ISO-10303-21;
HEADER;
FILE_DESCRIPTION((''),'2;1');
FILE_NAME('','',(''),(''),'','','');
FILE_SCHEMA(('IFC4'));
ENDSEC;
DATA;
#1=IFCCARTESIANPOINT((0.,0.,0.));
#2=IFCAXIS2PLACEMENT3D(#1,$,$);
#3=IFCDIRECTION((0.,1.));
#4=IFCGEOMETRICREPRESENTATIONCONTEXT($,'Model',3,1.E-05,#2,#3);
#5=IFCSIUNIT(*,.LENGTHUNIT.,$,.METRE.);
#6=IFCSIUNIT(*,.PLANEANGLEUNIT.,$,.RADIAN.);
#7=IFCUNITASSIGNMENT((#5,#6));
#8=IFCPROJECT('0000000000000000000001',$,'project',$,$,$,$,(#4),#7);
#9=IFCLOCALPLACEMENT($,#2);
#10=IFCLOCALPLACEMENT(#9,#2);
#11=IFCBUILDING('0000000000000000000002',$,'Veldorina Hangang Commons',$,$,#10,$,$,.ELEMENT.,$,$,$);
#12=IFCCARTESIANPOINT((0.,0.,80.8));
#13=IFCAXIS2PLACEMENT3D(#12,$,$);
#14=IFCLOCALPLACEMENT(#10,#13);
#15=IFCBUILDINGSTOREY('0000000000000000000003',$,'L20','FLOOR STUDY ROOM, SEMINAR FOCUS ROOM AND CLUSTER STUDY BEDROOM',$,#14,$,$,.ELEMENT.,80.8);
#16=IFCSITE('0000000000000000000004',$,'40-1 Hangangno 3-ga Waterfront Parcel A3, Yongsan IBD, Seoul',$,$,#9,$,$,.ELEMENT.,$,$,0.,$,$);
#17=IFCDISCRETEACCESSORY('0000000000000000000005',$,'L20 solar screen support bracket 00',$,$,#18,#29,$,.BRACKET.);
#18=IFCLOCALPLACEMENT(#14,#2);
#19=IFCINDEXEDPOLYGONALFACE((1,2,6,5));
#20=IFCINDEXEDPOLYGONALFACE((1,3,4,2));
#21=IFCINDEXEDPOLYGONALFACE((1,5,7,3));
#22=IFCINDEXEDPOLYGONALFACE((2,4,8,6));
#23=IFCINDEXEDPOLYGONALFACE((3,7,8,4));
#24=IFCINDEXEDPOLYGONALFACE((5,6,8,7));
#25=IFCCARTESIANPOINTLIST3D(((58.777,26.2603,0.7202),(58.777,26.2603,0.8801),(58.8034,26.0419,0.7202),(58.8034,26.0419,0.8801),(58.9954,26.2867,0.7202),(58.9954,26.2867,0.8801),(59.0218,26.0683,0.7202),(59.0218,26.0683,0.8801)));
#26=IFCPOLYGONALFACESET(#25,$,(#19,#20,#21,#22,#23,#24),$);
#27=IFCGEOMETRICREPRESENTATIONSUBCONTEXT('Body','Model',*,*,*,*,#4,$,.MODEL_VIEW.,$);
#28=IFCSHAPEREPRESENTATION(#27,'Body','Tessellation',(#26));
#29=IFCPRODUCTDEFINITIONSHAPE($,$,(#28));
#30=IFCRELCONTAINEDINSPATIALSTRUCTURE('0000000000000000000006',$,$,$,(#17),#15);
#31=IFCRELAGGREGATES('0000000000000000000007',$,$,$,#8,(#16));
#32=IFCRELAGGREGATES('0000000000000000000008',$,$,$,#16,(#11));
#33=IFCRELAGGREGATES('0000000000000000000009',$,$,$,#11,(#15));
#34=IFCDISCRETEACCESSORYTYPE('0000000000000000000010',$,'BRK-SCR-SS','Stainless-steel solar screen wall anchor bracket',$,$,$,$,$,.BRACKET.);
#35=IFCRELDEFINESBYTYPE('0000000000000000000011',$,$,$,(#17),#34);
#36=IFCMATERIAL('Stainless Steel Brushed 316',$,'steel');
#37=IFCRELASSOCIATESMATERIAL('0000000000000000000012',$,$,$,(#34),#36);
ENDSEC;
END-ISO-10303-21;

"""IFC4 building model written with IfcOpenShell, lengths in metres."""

from ifc_helpers import new_model, si_unit, direction, frame, origin, origin_2d, place, context, subcontext, project, spatial, rectangle, extrude, material, type_object, element, save


model = new_model("IFC4")

# Units and contexts
model_context = context("Model", 3, precision=1e-05, world=origin(), true_north=direction((0.0, 1.0)))
body_context = subcontext(model_context, "Body", "Model", "MODEL_VIEW")
ifc_project = project(units=[si_unit("LENGTHUNIT", "METRE"), si_unit("PLANEANGLEUNIT", "RADIAN")], contexts=[model_context])

# Site, building, storey
site_placement = place(None, origin())
site = spatial("IfcSite", under=ifc_project, at=site_placement, Name="40-1 Hangangno 3-ga Waterfront Parcel A3, Yongsan IBD, Seoul", CompositionType="ELEMENT", RefElevation=0.0)
building_placement = place(site_placement, origin())
building = spatial("IfcBuilding", under=site, at=building_placement, Name="Veldorina Hangang Commons", CompositionType="ELEMENT")
storey_placement = place(building_placement, frame((0.0, 0.0, 80.8)))
storey = spatial("IfcBuildingStorey", under=building, at=storey_placement, Name="L20", Description="FLOOR STUDY ROOM, SEMINAR FOCUS ROOM AND CLUSTER STUDY BEDROOM", CompositionType="ELEMENT", Elevation=80.8)

# Discrete accessory
ifc_material_1 = material(Name="Stainless Steel Brushed 316", Category="steel")
discrete_accessory_type = type_object("IfcDiscreteAccessoryType", Name="BRK-SCR-SS", Description="Stainless-steel solar screen wall anchor bracket", PredefinedType="BRACKET", material=ifc_material_1)
discrete_accessory_placement = place(storey_placement, frame((58.8994, 26.1643, 0.7202), z_axis=(0.0, 0.0, 1.0), x_axis=(-0.119964, 0.992778, 0.0)))
element("IfcDiscreteAccessory", 1, at=discrete_accessory_placement, inside=storey, type_object=discrete_accessory_type, Name="L20 solar screen support bracket 00", PredefinedType="BRACKET", context=body_context, shape_type="SweptSolid", body=[
    extrude(rectangle(XDim=0.22, YDim=0.22, at=origin_2d()), origin(), (0.0, 0.0, 1.0), 0.1599),
])

save(model, "model.ifc")
